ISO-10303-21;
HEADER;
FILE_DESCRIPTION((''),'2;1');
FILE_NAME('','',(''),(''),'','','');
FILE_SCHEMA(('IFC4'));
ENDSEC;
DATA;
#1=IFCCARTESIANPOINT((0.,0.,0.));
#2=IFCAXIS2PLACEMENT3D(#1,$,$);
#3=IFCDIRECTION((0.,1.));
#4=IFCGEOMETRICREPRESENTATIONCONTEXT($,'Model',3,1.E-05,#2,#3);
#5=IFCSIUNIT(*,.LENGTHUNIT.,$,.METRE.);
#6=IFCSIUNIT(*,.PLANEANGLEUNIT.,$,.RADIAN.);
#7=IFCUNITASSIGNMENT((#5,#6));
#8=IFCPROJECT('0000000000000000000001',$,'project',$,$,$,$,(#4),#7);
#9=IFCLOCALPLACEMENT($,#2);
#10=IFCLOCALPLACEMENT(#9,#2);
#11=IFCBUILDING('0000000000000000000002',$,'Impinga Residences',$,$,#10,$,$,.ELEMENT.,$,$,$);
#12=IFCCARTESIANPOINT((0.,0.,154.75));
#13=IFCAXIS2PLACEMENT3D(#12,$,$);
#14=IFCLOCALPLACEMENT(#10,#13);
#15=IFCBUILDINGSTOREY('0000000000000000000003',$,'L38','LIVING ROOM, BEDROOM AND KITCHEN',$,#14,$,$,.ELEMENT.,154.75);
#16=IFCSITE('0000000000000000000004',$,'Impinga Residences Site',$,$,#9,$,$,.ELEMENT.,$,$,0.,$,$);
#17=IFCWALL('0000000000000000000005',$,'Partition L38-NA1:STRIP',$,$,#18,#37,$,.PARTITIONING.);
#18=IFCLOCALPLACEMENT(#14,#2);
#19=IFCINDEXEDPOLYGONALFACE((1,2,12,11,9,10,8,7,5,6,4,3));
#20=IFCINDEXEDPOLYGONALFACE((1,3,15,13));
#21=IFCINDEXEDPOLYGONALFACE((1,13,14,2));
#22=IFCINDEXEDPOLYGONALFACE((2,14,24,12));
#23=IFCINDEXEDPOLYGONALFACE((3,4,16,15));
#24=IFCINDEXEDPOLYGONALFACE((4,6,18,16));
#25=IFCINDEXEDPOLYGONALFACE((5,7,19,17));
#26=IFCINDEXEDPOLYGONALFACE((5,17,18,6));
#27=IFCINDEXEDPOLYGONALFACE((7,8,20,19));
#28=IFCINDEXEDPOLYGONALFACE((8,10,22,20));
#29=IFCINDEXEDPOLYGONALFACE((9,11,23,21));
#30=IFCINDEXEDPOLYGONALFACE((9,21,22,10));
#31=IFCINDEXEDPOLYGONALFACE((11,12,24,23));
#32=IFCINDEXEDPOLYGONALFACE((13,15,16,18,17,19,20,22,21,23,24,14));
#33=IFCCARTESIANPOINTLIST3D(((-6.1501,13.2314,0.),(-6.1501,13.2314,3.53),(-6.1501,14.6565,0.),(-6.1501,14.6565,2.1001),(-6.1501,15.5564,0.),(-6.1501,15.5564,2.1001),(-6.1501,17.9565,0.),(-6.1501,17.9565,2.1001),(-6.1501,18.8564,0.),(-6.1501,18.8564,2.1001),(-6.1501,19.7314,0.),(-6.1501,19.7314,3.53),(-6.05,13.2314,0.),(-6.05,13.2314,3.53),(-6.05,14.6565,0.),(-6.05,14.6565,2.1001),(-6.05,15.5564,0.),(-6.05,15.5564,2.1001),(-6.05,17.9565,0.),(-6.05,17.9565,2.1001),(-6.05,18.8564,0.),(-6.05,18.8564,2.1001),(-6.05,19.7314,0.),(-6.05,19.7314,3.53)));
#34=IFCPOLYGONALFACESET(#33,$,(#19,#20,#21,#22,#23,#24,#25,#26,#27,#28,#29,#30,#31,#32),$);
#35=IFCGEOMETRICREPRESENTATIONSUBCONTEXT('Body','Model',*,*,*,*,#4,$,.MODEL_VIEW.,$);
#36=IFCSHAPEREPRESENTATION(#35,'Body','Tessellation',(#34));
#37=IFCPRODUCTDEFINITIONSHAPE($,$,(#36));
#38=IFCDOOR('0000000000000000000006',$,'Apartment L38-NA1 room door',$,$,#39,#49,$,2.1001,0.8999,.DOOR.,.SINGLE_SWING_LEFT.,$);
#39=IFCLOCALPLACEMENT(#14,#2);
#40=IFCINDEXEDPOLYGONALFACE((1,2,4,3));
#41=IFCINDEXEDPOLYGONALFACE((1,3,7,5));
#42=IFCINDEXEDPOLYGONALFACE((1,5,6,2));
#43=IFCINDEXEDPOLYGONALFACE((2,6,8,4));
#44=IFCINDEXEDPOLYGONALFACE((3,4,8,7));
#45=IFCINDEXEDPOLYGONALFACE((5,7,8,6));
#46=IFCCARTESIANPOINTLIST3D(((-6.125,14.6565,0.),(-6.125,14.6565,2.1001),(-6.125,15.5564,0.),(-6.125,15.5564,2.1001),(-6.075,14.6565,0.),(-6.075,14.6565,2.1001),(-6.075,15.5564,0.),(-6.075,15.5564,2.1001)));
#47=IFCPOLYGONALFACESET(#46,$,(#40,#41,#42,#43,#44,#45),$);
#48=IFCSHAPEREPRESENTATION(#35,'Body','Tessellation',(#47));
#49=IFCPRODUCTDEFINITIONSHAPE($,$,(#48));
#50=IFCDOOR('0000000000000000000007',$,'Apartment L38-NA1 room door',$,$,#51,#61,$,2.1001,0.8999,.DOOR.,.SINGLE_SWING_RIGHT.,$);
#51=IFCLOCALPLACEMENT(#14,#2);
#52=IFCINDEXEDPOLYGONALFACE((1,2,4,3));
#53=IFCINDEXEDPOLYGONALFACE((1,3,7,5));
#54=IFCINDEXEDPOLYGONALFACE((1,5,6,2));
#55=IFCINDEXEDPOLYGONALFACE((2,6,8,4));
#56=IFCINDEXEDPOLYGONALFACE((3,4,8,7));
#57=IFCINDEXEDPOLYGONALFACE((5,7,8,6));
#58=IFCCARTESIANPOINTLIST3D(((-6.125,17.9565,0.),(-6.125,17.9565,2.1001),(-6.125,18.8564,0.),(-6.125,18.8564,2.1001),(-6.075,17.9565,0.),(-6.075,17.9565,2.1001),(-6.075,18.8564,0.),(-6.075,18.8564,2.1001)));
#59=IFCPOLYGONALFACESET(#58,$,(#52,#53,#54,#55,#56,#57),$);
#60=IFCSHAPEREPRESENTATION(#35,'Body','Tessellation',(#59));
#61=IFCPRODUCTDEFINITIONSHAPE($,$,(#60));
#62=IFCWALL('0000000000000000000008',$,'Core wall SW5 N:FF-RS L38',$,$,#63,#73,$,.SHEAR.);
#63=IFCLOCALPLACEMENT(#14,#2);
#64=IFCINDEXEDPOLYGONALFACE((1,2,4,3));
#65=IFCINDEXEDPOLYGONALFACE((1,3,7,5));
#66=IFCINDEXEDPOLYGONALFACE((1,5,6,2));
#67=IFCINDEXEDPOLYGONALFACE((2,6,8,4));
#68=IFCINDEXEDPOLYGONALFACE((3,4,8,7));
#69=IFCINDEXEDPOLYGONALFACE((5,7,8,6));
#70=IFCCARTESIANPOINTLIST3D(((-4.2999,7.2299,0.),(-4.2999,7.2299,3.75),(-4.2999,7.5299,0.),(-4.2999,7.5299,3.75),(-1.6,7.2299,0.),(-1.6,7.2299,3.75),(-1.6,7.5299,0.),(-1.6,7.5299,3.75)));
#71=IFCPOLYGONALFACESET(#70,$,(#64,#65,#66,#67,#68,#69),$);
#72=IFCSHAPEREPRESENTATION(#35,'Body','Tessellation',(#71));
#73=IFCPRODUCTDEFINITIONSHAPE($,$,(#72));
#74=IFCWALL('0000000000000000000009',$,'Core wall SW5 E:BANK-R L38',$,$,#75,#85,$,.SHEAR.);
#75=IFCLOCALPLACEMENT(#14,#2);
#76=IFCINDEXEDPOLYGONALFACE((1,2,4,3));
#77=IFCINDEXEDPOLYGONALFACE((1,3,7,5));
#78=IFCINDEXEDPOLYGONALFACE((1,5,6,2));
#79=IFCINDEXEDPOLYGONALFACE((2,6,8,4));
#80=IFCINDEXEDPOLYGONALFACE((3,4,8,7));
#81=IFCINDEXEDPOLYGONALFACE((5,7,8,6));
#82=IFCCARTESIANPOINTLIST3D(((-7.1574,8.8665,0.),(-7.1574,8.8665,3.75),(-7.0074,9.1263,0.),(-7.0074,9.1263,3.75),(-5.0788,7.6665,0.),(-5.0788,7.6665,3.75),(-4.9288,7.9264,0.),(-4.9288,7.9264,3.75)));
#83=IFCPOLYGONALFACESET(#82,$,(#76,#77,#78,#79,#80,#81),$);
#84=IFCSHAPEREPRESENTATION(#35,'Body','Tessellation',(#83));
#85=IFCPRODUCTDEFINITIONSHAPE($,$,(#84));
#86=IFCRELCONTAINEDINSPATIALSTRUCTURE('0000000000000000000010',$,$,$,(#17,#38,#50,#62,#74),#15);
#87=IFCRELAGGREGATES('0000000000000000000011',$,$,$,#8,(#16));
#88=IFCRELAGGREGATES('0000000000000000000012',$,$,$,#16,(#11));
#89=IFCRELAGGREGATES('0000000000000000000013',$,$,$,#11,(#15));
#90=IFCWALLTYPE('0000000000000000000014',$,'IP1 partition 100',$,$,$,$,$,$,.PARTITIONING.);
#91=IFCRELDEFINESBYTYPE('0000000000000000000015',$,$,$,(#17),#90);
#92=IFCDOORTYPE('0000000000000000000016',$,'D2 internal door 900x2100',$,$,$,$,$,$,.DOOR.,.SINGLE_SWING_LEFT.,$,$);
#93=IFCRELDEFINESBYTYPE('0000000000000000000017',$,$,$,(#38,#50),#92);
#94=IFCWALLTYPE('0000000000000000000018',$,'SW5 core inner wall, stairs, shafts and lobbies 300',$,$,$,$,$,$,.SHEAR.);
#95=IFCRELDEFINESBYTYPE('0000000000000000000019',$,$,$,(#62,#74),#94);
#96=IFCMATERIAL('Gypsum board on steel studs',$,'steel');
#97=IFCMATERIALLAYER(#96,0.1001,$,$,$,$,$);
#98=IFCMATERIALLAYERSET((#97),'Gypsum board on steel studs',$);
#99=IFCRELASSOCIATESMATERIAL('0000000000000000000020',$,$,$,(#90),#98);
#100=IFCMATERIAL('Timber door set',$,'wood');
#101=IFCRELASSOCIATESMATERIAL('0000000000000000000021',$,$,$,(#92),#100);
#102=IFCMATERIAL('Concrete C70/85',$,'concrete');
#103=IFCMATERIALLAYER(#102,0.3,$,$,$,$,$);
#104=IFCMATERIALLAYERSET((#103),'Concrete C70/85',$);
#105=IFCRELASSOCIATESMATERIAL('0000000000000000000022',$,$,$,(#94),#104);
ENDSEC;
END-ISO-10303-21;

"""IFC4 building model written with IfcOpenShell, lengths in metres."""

from ifc_helpers import new_model, si_unit, direction, frame, frame_2d, origin, place, context, subcontext, project, spatial, rectangle, extrude, material, layer, layer_set, type_object, element, fill, save


model = new_model("IFC4")

# Units and contexts
model_context = context("Model", 3, precision=1e-05, world=origin(), true_north=direction((0.0, 1.0)))
body_context = subcontext(model_context, "Body", "Model", "MODEL_VIEW")
ifc_project = project(units=[si_unit("LENGTHUNIT", "METRE"), si_unit("PLANEANGLEUNIT", "RADIAN")], contexts=[model_context])

# Site, building, storey
site_placement = place(None, origin())
site = spatial("IfcSite", under=ifc_project, at=site_placement, Name="Impinga Residences Site", CompositionType="ELEMENT", RefElevation=0.0)
building_placement = place(site_placement, origin())
building = spatial("IfcBuilding", under=site, at=building_placement, Name="Impinga Residences", CompositionType="ELEMENT")
storey_placement = place(building_placement, frame((0.0, 0.0, 154.75)))
storey = spatial("IfcBuildingStorey", under=building, at=storey_placement, Name="L38", Description="LIVING ROOM, BEDROOM AND KITCHEN", CompositionType="ELEMENT", Elevation=154.75)

# Shared definitions
ifc_material_1 = material(Name="Timber door set", Category="wood")

# Shared definitions
ifc_material_2 = material(Name="Gypsum board on steel studs", Category="steel")
ifc_layer_1 = layer(ifc_material_2, 0.1001)
ifc_layer_set_1 = layer_set([ifc_layer_1], Name="Gypsum board on steel studs")
wall_type_1 = type_object("IfcWallType", Name="IP1 partition 100", PredefinedType="PARTITIONING", material=ifc_layer_set_1)

# Wall, openings, doors
wall_1_placement = place(storey_placement, frame((-6.1001, 13.2314, 0.0), z_axis=(0.0, 0.0, 1.0), x_axis=(0.0, 1.0, 0.0)))
wall_1 = element("IfcWall", 1, at=wall_1_placement, inside=storey, type_object=wall_type_1, Name="Partition L38-NA1:STRIP", PredefinedType="PARTITIONING", context=body_context, shape_type="SweptSolid", body=[
    extrude(rectangle(XDim=6.5, YDim=0.1001, at=frame_2d((3.25, 0.0))), origin(), (0.0, 0.0, 1.0), 3.53),
])
opening_1_placement = place(wall_1_placement, frame((1.425, 0.0, 0.0)))
opening_1 = element("IfcOpeningElement", 2, at=opening_1_placement, cuts=wall_1, PredefinedType="OPENING", context=body_context, shape_type="SweptSolid", body=[
    extrude(rectangle(XDim=0.8999, YDim=2.1001, at=frame_2d((0.45, 1.05))), frame((0.0, 0.0601, 0.0), z_axis=(0.0, -1.0, 0.0), x_axis=(1.0, 0.0, 0.0)), (0.0, 0.0, 1.0), 0.1201),
])
opening_2_placement = place(wall_1_placement, frame((4.7251, 0.0, 0.0)))
opening_2 = element("IfcOpeningElement", 3, at=opening_2_placement, cuts=wall_1, PredefinedType="OPENING", context=body_context, shape_type="SweptSolid", body=[
    extrude(rectangle(XDim=0.8999, YDim=2.1001, at=frame_2d((0.45, 1.05))), frame((0.0, 0.0601, 0.0), z_axis=(0.0, -1.0, 0.0), x_axis=(1.0, 0.0, 0.0)), (0.0, 0.0, 1.0), 0.1201),
])
door_type_1 = type_object("IfcDoorType", Name="D2 internal door 900x2100", OperationType="SINGLE_SWING_LEFT", PredefinedType="DOOR", material=ifc_material_1)
door_1_placement = place(opening_1_placement, origin())
door_1 = element("IfcDoor", 4, at=door_1_placement, inside=storey, type_object=door_type_1, Name="Apartment L38-NA1 room door", OperationType="SINGLE_SWING_LEFT", OverallHeight=2.1001, OverallWidth=0.8999, PredefinedType="DOOR", context=body_context, shape_type="SweptSolid", body=[
    extrude(rectangle(XDim=0.8999, YDim=2.1001, at=frame_2d((0.45, 1.05))), frame((0.0, 0.0249, 0.0), z_axis=(0.0, -1.0, 0.0), x_axis=(1.0, 0.0, 0.0)), (0.0, 0.0, 1.0), 0.05),
])
fill(opening_1, door_1)
door_2_placement = place(opening_2_placement, origin())
door_2 = element("IfcDoor", 5, at=door_2_placement, inside=storey, type_object=door_type_1, Name="Apartment L38-NA1 room door", OperationType="SINGLE_SWING_RIGHT", OverallHeight=2.1001, OverallWidth=0.8999, PredefinedType="DOOR", context=body_context, shape_type="SweptSolid", body=[
    extrude(rectangle(XDim=0.8999, YDim=2.1001, at=frame_2d((0.45, 1.05))), frame((0.0, 0.0249, 0.0), z_axis=(0.0, -1.0, 0.0), x_axis=(1.0, 0.0, 0.0)), (0.0, 0.0, 1.0), 0.05),
])
fill(opening_2, door_2)

# Walls
ifc_material_3 = material(Name="Concrete C70/85", Category="concrete")
ifc_layer_2 = layer(ifc_material_3, 0.3)
ifc_layer_set_2 = layer_set([ifc_layer_2], Name="Concrete C70/85")
wall_type_2 = type_object("IfcWallType", Name="SW5 core inner wall, stairs, shafts and lobbies 300", PredefinedType="SHEAR", material=ifc_layer_set_2)
wall_2_placement = place(storey_placement, frame((-4.3, 7.3799, 0.0), z_axis=(0.0, 0.0, 1.0), x_axis=(1.0, 0.0, 0.0)))
element("IfcWall", 6, at=wall_2_placement, inside=storey, type_object=wall_type_2, Name="Core wall SW5 N:FF-RS L38", PredefinedType="SHEAR", context=body_context, shape_type="SweptSolid", body=[
    extrude(rectangle(XDim=2.7, YDim=0.3, at=frame_2d((1.3501, 0.0))), origin(), (0.0, 0.0, 1.0), 3.75),
])
wall_3_placement = place(storey_placement, frame((-5.0037, 7.7964, 0.0), z_axis=(0.0, 0.0, 1.0), x_axis=(-0.86605, 0.499957, 0.0)))
element("IfcWall", 7, at=wall_3_placement, inside=storey, type_object=wall_type_2, Name="Core wall SW5 E:BANK-R L38", PredefinedType="SHEAR", context=body_context, shape_type="SweptSolid", body=[
    extrude(rectangle(XDim=2.4001, YDim=0.3, at=frame_2d((1.2002, 0.0))), origin(), (0.0, 0.0, 1.0), 3.75),
])

save(model, "model.ifc")
